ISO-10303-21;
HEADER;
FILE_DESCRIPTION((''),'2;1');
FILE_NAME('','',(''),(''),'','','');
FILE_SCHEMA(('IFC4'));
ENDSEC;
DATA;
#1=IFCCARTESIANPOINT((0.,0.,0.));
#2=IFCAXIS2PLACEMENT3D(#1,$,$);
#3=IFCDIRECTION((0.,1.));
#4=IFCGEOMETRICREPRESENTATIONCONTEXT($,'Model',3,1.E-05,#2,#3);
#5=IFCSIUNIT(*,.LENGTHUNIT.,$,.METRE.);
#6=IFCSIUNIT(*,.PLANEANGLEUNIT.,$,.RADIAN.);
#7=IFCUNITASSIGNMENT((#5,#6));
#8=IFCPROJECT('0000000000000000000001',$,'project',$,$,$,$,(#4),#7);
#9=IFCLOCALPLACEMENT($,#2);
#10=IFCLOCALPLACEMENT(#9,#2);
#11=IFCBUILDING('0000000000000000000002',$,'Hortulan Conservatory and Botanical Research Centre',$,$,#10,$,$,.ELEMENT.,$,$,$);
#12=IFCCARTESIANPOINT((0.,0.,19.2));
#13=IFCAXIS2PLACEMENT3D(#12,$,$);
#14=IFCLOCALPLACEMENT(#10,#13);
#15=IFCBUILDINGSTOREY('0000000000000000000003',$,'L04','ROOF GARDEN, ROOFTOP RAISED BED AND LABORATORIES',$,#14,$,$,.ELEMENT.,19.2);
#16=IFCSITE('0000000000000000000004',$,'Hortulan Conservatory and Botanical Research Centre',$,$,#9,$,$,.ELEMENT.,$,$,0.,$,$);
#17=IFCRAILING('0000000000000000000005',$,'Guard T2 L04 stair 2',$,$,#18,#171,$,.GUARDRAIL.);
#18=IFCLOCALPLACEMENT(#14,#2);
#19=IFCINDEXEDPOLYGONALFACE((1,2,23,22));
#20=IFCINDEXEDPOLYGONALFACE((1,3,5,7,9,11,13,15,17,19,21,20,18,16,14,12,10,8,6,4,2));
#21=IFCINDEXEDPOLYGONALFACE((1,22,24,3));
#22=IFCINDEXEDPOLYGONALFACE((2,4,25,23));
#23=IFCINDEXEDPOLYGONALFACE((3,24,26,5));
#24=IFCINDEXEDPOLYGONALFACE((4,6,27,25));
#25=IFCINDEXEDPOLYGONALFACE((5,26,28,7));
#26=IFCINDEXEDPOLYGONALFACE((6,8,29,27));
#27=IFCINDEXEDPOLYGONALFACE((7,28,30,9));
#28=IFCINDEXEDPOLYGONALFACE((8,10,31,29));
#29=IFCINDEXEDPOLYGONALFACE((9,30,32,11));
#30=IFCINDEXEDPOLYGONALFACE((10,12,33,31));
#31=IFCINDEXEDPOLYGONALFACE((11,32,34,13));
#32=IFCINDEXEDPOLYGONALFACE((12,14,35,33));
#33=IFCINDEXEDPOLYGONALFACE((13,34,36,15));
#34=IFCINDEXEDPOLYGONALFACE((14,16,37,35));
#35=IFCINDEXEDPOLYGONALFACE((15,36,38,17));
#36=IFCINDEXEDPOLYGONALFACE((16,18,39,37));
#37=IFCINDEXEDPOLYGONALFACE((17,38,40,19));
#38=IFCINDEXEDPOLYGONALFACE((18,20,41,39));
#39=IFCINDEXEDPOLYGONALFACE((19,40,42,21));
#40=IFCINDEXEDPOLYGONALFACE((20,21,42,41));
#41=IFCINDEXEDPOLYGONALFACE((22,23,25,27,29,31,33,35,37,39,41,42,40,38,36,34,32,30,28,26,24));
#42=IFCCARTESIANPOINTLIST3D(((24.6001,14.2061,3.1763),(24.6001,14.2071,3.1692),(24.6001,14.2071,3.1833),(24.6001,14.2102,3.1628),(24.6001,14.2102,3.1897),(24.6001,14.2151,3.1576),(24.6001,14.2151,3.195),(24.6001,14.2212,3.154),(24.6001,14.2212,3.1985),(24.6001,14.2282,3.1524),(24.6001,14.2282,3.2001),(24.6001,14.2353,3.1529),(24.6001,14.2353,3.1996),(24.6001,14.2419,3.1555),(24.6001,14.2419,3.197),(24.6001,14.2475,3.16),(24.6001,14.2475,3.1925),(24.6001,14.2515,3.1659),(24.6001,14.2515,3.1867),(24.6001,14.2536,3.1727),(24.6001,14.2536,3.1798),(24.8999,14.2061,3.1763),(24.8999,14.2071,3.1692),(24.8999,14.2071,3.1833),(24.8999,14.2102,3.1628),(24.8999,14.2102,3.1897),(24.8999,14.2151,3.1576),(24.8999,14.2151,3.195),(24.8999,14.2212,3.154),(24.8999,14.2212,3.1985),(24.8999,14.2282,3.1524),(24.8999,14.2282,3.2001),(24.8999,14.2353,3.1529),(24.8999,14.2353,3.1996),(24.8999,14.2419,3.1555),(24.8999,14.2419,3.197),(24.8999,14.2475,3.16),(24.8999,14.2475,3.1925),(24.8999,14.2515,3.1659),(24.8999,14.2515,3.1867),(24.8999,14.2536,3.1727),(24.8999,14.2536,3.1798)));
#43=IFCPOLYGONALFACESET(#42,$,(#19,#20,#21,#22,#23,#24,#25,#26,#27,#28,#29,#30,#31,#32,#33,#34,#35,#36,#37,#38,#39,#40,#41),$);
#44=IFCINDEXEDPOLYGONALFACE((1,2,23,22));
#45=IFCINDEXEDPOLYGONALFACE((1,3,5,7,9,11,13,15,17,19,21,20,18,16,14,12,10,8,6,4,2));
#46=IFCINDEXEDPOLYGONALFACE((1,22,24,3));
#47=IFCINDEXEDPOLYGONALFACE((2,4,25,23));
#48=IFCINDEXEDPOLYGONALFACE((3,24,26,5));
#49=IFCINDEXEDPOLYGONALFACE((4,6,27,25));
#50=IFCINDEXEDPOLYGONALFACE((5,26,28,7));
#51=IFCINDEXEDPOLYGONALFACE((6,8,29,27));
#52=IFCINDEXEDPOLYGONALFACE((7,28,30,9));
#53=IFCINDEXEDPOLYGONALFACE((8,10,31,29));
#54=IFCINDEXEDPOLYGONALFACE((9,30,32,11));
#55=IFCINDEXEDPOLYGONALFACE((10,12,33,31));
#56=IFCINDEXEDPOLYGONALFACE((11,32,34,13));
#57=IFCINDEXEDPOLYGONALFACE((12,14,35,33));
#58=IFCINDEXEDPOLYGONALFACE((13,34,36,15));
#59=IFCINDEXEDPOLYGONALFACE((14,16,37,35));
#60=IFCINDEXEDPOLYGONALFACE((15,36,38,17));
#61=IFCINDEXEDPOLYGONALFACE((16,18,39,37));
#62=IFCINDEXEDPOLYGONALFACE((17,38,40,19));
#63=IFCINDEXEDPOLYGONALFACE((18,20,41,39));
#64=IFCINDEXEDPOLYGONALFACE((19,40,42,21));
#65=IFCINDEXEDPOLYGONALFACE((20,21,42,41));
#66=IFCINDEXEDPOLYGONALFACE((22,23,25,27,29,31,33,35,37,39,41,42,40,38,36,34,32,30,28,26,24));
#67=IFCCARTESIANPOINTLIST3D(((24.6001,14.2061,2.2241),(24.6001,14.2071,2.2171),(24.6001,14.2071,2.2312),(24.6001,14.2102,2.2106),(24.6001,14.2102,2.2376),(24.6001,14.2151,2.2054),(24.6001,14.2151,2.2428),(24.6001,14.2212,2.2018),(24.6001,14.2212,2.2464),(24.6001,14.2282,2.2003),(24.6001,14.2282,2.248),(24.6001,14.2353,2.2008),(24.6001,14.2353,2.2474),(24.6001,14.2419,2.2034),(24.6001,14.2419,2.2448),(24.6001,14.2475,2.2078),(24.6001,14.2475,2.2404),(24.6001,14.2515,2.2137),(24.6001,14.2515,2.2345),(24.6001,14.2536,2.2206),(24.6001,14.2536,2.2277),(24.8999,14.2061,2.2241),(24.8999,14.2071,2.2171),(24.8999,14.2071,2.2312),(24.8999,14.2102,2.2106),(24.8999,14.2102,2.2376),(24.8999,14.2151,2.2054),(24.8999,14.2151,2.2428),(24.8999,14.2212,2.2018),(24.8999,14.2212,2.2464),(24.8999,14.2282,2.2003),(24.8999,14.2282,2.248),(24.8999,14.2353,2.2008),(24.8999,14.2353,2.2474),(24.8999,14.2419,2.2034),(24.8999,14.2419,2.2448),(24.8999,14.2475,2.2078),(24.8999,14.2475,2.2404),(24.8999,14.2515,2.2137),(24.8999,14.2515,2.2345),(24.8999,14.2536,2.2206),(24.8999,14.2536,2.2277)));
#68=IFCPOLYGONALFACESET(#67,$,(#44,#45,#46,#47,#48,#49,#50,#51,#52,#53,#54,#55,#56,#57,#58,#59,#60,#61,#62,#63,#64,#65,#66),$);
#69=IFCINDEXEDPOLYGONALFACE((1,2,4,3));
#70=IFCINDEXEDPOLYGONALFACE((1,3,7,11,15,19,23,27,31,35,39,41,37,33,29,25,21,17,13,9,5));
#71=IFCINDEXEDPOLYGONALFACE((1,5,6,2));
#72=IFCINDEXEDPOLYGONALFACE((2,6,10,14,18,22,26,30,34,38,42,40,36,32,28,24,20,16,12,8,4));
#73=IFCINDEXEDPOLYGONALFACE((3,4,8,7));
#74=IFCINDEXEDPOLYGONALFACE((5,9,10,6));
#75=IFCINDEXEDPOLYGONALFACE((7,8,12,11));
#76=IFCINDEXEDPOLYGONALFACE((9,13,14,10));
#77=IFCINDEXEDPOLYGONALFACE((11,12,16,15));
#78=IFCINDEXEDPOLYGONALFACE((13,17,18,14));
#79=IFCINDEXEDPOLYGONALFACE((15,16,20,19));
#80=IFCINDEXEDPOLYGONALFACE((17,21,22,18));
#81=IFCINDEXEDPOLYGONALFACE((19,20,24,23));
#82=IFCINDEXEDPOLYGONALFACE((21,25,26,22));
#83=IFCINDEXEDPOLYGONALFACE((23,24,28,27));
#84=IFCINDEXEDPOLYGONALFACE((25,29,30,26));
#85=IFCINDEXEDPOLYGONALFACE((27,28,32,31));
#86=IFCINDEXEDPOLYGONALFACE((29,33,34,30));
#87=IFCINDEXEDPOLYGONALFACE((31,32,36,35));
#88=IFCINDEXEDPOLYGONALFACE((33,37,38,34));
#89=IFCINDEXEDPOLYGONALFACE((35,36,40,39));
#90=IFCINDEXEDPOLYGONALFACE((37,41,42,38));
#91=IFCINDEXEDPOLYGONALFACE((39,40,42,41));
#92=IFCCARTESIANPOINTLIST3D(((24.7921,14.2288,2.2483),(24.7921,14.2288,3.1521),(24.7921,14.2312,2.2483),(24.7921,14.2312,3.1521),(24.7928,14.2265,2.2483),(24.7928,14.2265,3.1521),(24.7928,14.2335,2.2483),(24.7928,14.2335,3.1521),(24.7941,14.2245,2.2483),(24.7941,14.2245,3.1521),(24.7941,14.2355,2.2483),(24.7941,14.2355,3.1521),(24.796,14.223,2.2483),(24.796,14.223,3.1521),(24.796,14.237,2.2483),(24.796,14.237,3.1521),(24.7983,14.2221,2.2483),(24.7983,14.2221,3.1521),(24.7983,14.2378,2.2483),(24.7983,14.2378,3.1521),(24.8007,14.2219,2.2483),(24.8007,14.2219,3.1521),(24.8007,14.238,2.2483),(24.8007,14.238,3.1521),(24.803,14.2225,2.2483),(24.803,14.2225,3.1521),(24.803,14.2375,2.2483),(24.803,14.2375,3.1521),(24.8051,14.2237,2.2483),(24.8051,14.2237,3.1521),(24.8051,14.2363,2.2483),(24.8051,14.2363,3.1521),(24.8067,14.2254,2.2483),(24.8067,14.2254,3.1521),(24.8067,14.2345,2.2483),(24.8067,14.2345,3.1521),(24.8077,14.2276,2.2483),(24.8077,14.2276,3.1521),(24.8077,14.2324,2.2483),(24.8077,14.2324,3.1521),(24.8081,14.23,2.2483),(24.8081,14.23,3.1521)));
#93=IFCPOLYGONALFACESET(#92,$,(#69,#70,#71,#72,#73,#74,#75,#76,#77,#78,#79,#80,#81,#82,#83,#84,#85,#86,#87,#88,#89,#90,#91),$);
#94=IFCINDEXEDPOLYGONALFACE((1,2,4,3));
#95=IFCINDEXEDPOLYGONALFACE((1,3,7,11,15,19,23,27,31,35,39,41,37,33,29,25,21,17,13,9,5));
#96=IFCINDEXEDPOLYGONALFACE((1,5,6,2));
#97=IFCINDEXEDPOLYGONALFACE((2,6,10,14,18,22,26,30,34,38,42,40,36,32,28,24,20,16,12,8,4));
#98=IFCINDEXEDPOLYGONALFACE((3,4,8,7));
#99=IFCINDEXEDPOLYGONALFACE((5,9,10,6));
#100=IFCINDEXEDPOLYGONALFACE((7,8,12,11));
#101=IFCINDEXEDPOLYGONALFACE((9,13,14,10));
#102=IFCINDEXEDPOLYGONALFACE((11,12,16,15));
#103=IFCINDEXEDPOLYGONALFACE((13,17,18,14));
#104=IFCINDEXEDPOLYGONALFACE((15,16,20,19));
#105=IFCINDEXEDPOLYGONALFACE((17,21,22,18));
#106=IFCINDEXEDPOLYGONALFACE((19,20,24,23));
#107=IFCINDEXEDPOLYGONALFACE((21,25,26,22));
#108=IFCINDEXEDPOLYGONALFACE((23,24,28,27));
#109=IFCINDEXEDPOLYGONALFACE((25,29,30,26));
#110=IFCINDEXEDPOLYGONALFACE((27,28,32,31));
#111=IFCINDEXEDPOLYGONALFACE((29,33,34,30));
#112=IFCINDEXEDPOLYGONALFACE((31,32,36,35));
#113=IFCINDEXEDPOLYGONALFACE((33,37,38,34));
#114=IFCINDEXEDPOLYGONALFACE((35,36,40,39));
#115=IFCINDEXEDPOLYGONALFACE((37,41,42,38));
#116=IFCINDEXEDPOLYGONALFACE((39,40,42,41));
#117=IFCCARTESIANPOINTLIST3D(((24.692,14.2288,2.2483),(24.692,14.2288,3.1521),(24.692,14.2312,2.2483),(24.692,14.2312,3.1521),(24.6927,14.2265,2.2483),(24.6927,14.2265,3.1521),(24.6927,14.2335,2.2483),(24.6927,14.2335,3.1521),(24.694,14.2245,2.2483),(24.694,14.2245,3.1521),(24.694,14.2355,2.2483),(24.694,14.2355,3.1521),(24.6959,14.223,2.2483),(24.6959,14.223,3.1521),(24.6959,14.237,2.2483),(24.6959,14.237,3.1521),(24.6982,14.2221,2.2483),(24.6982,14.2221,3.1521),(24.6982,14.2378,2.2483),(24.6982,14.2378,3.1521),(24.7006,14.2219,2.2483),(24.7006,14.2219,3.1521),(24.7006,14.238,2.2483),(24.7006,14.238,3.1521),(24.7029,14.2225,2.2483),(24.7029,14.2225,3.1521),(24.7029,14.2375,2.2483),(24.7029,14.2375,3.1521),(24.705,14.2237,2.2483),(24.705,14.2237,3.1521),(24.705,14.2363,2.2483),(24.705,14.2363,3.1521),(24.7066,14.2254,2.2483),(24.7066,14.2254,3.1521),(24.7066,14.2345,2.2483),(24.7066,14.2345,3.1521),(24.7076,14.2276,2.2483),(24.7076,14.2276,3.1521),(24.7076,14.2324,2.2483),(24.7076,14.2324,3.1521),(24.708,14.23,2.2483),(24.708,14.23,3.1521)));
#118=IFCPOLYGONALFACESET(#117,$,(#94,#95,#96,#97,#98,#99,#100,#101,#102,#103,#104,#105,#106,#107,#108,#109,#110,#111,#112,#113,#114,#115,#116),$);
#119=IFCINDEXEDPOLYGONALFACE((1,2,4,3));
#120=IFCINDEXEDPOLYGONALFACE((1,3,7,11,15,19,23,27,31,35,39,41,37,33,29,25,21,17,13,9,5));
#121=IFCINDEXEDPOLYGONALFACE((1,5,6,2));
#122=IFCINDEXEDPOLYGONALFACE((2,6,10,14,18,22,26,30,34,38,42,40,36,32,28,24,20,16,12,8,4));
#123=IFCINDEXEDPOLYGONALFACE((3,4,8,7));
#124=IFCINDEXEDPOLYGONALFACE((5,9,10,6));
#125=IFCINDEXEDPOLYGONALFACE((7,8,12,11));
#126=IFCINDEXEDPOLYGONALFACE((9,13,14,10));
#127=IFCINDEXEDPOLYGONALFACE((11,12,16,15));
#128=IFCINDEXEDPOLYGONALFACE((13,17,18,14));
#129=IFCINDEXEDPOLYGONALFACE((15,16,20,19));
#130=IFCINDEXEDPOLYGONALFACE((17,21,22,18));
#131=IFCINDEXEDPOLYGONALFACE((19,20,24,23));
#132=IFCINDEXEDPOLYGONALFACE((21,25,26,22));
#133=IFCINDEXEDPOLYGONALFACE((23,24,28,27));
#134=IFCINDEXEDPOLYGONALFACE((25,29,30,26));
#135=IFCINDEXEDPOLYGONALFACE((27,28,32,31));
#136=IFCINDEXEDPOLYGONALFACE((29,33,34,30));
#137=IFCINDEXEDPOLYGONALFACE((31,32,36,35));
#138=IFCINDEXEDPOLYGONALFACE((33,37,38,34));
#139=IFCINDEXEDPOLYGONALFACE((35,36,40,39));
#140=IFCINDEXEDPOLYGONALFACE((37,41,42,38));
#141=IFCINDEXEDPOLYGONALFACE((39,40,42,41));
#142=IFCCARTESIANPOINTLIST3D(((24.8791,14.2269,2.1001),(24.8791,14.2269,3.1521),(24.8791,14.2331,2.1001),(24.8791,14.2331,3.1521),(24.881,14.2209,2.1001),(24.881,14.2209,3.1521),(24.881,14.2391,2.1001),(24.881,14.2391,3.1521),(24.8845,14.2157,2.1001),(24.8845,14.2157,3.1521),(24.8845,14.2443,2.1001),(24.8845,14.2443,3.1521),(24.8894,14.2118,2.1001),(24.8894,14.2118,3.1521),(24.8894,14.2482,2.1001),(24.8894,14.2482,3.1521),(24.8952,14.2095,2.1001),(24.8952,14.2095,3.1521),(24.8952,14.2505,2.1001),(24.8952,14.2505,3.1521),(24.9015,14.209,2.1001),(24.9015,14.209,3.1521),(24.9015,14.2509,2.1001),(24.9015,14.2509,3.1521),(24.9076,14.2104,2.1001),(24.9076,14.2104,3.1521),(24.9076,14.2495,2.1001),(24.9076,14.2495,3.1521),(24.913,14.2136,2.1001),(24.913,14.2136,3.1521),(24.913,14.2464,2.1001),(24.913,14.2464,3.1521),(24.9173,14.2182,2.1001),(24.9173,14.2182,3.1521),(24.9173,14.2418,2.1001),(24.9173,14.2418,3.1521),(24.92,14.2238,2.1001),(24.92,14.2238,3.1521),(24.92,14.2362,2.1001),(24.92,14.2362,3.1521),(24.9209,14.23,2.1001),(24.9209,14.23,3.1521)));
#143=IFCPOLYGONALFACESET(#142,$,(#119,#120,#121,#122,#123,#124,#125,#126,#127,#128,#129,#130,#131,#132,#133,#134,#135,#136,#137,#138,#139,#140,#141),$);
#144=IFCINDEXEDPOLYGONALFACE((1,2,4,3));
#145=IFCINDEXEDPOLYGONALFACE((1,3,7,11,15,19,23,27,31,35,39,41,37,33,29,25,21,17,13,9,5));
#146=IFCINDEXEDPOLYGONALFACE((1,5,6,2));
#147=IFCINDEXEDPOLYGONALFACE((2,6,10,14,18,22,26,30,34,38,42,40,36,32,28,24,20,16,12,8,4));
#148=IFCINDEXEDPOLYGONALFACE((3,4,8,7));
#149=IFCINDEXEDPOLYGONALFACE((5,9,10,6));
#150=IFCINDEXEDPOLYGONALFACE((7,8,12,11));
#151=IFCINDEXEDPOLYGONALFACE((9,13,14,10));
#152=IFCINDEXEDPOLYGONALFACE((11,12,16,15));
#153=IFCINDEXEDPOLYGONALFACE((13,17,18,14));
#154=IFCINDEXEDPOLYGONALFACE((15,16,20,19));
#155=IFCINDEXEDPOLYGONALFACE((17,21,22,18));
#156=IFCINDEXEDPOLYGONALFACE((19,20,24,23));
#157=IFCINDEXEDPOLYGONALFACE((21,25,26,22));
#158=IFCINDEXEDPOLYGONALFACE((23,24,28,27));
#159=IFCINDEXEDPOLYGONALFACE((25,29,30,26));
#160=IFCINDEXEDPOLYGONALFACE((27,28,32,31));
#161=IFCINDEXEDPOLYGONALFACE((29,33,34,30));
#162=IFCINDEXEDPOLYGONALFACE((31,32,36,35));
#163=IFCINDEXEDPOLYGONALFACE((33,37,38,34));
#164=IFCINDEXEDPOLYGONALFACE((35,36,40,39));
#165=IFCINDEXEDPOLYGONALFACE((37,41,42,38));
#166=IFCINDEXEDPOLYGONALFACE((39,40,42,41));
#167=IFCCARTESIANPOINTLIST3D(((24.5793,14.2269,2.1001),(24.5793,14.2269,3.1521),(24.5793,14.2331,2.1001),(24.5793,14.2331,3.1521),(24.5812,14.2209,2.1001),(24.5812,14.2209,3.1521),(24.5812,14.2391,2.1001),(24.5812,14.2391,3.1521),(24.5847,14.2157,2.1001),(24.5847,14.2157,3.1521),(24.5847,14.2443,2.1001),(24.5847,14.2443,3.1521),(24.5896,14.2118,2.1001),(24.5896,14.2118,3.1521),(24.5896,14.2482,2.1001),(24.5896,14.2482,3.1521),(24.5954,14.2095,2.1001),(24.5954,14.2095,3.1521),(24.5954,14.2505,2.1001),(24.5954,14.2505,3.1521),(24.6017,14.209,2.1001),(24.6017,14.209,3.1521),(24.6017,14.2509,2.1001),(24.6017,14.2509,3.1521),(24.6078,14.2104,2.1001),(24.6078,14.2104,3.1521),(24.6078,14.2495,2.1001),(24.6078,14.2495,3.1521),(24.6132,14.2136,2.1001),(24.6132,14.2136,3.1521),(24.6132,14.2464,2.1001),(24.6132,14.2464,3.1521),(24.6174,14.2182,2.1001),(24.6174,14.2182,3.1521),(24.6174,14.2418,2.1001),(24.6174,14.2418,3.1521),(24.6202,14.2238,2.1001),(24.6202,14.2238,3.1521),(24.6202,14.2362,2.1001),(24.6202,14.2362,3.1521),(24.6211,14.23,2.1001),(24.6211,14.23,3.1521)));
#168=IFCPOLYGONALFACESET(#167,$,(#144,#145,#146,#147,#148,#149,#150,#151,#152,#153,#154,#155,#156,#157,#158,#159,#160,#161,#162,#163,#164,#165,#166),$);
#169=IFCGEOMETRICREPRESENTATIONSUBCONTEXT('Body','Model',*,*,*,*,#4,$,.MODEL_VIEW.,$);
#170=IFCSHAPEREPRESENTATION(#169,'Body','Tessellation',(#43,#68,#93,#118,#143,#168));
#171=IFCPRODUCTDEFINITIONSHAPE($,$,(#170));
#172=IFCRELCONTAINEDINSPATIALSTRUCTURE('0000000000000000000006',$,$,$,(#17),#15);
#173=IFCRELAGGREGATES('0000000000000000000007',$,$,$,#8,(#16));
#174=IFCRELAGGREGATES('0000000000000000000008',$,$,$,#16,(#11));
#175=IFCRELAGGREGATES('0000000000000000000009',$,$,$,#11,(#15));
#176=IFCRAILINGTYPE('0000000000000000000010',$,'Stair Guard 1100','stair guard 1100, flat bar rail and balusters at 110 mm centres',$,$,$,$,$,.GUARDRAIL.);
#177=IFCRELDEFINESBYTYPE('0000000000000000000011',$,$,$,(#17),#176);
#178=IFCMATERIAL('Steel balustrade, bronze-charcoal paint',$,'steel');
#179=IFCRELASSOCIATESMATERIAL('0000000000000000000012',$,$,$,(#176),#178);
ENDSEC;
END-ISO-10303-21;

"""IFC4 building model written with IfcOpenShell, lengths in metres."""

from ifc_helpers import new_model, si_unit, direction, frame, origin, origin_2d, place, context, subcontext, project, spatial, circle, extrude, material, type_object, element, save


model = new_model("IFC4")

# Units and contexts
model_context = context("Model", 3, precision=1e-05, world=origin(), true_north=direction((0.0, 1.0)))
body_context = subcontext(model_context, "Body", "Model", "MODEL_VIEW")
ifc_project = project(units=[si_unit("LENGTHUNIT", "METRE"), si_unit("PLANEANGLEUNIT", "RADIAN")], contexts=[model_context])

# Site, building, storey
site_placement = place(None, origin())
site = spatial("IfcSite", under=ifc_project, at=site_placement, Name="Hortulan Conservatory and Botanical Research Centre", CompositionType="ELEMENT", RefElevation=0.0)
building_placement = place(site_placement, origin())
building = spatial("IfcBuilding", under=site, at=building_placement, Name="Hortulan Conservatory and Botanical Research Centre", CompositionType="ELEMENT")
storey_placement = place(building_placement, frame((0.0, 0.0, 19.2)))
storey = spatial("IfcBuildingStorey", under=building, at=storey_placement, Name="L04", Description="ROOF GARDEN, ROOFTOP RAISED BED AND LABORATORIES", CompositionType="ELEMENT", Elevation=19.2)

# Railing
ifc_material_1 = material(Name="Steel balustrade, bronze-charcoal paint", Category="steel")
railing_type_1 = type_object("IfcRailingType", Name="Stair Guard 1100", Description="stair guard 1100, flat bar rail and balusters at 110 mm centres", PredefinedType="GUARDRAIL", material=ifc_material_1)
railing_1_placement = place(storey_placement, frame((24.8999, 14.23, 2.1001)))
element("IfcRailing", 1, at=railing_1_placement, inside=storey, type_object=railing_type_1, Name="Guard T2 L04 stair 2", PredefinedType="GUARDRAIL", context=body_context, shape_type="SweptSolid", body=[
    extrude(circle(Radius=0.0239, at=origin_2d()), frame((0.0, 0.0, 1.0762), z_axis=(-1.0, 0.0, 0.0), x_axis=(0.0, -1.0, 0.0)), (0.0, 0.0, 1.0), 0.2998),
    extrude(circle(Radius=0.0239, at=origin_2d()), frame((0.0, 0.0, 0.124), z_axis=(-1.0, 0.0, 0.0), x_axis=(0.0, -1.0, 0.0)), (0.0, 0.0, 1.0), 0.2998),
    extrude(circle(Radius=0.0081, at=origin_2d()), frame((-0.0999, 0.0, 0.1482)), (0.0, 0.0, 1.0), 0.9038),
    extrude(circle(Radius=0.0081, at=origin_2d()), frame((-0.2, 0.0, 0.1482)), (0.0, 0.0, 1.0), 0.9038),
    extrude(circle(Radius=0.021, at=origin_2d()), origin(), (0.0, 0.0, 1.0), 1.052),
    extrude(circle(Radius=0.021, at=origin_2d()), frame((-0.2998, 0.0, 0.0)), (0.0, 0.0, 1.0), 1.052),
])

save(model, "model.ifc")
